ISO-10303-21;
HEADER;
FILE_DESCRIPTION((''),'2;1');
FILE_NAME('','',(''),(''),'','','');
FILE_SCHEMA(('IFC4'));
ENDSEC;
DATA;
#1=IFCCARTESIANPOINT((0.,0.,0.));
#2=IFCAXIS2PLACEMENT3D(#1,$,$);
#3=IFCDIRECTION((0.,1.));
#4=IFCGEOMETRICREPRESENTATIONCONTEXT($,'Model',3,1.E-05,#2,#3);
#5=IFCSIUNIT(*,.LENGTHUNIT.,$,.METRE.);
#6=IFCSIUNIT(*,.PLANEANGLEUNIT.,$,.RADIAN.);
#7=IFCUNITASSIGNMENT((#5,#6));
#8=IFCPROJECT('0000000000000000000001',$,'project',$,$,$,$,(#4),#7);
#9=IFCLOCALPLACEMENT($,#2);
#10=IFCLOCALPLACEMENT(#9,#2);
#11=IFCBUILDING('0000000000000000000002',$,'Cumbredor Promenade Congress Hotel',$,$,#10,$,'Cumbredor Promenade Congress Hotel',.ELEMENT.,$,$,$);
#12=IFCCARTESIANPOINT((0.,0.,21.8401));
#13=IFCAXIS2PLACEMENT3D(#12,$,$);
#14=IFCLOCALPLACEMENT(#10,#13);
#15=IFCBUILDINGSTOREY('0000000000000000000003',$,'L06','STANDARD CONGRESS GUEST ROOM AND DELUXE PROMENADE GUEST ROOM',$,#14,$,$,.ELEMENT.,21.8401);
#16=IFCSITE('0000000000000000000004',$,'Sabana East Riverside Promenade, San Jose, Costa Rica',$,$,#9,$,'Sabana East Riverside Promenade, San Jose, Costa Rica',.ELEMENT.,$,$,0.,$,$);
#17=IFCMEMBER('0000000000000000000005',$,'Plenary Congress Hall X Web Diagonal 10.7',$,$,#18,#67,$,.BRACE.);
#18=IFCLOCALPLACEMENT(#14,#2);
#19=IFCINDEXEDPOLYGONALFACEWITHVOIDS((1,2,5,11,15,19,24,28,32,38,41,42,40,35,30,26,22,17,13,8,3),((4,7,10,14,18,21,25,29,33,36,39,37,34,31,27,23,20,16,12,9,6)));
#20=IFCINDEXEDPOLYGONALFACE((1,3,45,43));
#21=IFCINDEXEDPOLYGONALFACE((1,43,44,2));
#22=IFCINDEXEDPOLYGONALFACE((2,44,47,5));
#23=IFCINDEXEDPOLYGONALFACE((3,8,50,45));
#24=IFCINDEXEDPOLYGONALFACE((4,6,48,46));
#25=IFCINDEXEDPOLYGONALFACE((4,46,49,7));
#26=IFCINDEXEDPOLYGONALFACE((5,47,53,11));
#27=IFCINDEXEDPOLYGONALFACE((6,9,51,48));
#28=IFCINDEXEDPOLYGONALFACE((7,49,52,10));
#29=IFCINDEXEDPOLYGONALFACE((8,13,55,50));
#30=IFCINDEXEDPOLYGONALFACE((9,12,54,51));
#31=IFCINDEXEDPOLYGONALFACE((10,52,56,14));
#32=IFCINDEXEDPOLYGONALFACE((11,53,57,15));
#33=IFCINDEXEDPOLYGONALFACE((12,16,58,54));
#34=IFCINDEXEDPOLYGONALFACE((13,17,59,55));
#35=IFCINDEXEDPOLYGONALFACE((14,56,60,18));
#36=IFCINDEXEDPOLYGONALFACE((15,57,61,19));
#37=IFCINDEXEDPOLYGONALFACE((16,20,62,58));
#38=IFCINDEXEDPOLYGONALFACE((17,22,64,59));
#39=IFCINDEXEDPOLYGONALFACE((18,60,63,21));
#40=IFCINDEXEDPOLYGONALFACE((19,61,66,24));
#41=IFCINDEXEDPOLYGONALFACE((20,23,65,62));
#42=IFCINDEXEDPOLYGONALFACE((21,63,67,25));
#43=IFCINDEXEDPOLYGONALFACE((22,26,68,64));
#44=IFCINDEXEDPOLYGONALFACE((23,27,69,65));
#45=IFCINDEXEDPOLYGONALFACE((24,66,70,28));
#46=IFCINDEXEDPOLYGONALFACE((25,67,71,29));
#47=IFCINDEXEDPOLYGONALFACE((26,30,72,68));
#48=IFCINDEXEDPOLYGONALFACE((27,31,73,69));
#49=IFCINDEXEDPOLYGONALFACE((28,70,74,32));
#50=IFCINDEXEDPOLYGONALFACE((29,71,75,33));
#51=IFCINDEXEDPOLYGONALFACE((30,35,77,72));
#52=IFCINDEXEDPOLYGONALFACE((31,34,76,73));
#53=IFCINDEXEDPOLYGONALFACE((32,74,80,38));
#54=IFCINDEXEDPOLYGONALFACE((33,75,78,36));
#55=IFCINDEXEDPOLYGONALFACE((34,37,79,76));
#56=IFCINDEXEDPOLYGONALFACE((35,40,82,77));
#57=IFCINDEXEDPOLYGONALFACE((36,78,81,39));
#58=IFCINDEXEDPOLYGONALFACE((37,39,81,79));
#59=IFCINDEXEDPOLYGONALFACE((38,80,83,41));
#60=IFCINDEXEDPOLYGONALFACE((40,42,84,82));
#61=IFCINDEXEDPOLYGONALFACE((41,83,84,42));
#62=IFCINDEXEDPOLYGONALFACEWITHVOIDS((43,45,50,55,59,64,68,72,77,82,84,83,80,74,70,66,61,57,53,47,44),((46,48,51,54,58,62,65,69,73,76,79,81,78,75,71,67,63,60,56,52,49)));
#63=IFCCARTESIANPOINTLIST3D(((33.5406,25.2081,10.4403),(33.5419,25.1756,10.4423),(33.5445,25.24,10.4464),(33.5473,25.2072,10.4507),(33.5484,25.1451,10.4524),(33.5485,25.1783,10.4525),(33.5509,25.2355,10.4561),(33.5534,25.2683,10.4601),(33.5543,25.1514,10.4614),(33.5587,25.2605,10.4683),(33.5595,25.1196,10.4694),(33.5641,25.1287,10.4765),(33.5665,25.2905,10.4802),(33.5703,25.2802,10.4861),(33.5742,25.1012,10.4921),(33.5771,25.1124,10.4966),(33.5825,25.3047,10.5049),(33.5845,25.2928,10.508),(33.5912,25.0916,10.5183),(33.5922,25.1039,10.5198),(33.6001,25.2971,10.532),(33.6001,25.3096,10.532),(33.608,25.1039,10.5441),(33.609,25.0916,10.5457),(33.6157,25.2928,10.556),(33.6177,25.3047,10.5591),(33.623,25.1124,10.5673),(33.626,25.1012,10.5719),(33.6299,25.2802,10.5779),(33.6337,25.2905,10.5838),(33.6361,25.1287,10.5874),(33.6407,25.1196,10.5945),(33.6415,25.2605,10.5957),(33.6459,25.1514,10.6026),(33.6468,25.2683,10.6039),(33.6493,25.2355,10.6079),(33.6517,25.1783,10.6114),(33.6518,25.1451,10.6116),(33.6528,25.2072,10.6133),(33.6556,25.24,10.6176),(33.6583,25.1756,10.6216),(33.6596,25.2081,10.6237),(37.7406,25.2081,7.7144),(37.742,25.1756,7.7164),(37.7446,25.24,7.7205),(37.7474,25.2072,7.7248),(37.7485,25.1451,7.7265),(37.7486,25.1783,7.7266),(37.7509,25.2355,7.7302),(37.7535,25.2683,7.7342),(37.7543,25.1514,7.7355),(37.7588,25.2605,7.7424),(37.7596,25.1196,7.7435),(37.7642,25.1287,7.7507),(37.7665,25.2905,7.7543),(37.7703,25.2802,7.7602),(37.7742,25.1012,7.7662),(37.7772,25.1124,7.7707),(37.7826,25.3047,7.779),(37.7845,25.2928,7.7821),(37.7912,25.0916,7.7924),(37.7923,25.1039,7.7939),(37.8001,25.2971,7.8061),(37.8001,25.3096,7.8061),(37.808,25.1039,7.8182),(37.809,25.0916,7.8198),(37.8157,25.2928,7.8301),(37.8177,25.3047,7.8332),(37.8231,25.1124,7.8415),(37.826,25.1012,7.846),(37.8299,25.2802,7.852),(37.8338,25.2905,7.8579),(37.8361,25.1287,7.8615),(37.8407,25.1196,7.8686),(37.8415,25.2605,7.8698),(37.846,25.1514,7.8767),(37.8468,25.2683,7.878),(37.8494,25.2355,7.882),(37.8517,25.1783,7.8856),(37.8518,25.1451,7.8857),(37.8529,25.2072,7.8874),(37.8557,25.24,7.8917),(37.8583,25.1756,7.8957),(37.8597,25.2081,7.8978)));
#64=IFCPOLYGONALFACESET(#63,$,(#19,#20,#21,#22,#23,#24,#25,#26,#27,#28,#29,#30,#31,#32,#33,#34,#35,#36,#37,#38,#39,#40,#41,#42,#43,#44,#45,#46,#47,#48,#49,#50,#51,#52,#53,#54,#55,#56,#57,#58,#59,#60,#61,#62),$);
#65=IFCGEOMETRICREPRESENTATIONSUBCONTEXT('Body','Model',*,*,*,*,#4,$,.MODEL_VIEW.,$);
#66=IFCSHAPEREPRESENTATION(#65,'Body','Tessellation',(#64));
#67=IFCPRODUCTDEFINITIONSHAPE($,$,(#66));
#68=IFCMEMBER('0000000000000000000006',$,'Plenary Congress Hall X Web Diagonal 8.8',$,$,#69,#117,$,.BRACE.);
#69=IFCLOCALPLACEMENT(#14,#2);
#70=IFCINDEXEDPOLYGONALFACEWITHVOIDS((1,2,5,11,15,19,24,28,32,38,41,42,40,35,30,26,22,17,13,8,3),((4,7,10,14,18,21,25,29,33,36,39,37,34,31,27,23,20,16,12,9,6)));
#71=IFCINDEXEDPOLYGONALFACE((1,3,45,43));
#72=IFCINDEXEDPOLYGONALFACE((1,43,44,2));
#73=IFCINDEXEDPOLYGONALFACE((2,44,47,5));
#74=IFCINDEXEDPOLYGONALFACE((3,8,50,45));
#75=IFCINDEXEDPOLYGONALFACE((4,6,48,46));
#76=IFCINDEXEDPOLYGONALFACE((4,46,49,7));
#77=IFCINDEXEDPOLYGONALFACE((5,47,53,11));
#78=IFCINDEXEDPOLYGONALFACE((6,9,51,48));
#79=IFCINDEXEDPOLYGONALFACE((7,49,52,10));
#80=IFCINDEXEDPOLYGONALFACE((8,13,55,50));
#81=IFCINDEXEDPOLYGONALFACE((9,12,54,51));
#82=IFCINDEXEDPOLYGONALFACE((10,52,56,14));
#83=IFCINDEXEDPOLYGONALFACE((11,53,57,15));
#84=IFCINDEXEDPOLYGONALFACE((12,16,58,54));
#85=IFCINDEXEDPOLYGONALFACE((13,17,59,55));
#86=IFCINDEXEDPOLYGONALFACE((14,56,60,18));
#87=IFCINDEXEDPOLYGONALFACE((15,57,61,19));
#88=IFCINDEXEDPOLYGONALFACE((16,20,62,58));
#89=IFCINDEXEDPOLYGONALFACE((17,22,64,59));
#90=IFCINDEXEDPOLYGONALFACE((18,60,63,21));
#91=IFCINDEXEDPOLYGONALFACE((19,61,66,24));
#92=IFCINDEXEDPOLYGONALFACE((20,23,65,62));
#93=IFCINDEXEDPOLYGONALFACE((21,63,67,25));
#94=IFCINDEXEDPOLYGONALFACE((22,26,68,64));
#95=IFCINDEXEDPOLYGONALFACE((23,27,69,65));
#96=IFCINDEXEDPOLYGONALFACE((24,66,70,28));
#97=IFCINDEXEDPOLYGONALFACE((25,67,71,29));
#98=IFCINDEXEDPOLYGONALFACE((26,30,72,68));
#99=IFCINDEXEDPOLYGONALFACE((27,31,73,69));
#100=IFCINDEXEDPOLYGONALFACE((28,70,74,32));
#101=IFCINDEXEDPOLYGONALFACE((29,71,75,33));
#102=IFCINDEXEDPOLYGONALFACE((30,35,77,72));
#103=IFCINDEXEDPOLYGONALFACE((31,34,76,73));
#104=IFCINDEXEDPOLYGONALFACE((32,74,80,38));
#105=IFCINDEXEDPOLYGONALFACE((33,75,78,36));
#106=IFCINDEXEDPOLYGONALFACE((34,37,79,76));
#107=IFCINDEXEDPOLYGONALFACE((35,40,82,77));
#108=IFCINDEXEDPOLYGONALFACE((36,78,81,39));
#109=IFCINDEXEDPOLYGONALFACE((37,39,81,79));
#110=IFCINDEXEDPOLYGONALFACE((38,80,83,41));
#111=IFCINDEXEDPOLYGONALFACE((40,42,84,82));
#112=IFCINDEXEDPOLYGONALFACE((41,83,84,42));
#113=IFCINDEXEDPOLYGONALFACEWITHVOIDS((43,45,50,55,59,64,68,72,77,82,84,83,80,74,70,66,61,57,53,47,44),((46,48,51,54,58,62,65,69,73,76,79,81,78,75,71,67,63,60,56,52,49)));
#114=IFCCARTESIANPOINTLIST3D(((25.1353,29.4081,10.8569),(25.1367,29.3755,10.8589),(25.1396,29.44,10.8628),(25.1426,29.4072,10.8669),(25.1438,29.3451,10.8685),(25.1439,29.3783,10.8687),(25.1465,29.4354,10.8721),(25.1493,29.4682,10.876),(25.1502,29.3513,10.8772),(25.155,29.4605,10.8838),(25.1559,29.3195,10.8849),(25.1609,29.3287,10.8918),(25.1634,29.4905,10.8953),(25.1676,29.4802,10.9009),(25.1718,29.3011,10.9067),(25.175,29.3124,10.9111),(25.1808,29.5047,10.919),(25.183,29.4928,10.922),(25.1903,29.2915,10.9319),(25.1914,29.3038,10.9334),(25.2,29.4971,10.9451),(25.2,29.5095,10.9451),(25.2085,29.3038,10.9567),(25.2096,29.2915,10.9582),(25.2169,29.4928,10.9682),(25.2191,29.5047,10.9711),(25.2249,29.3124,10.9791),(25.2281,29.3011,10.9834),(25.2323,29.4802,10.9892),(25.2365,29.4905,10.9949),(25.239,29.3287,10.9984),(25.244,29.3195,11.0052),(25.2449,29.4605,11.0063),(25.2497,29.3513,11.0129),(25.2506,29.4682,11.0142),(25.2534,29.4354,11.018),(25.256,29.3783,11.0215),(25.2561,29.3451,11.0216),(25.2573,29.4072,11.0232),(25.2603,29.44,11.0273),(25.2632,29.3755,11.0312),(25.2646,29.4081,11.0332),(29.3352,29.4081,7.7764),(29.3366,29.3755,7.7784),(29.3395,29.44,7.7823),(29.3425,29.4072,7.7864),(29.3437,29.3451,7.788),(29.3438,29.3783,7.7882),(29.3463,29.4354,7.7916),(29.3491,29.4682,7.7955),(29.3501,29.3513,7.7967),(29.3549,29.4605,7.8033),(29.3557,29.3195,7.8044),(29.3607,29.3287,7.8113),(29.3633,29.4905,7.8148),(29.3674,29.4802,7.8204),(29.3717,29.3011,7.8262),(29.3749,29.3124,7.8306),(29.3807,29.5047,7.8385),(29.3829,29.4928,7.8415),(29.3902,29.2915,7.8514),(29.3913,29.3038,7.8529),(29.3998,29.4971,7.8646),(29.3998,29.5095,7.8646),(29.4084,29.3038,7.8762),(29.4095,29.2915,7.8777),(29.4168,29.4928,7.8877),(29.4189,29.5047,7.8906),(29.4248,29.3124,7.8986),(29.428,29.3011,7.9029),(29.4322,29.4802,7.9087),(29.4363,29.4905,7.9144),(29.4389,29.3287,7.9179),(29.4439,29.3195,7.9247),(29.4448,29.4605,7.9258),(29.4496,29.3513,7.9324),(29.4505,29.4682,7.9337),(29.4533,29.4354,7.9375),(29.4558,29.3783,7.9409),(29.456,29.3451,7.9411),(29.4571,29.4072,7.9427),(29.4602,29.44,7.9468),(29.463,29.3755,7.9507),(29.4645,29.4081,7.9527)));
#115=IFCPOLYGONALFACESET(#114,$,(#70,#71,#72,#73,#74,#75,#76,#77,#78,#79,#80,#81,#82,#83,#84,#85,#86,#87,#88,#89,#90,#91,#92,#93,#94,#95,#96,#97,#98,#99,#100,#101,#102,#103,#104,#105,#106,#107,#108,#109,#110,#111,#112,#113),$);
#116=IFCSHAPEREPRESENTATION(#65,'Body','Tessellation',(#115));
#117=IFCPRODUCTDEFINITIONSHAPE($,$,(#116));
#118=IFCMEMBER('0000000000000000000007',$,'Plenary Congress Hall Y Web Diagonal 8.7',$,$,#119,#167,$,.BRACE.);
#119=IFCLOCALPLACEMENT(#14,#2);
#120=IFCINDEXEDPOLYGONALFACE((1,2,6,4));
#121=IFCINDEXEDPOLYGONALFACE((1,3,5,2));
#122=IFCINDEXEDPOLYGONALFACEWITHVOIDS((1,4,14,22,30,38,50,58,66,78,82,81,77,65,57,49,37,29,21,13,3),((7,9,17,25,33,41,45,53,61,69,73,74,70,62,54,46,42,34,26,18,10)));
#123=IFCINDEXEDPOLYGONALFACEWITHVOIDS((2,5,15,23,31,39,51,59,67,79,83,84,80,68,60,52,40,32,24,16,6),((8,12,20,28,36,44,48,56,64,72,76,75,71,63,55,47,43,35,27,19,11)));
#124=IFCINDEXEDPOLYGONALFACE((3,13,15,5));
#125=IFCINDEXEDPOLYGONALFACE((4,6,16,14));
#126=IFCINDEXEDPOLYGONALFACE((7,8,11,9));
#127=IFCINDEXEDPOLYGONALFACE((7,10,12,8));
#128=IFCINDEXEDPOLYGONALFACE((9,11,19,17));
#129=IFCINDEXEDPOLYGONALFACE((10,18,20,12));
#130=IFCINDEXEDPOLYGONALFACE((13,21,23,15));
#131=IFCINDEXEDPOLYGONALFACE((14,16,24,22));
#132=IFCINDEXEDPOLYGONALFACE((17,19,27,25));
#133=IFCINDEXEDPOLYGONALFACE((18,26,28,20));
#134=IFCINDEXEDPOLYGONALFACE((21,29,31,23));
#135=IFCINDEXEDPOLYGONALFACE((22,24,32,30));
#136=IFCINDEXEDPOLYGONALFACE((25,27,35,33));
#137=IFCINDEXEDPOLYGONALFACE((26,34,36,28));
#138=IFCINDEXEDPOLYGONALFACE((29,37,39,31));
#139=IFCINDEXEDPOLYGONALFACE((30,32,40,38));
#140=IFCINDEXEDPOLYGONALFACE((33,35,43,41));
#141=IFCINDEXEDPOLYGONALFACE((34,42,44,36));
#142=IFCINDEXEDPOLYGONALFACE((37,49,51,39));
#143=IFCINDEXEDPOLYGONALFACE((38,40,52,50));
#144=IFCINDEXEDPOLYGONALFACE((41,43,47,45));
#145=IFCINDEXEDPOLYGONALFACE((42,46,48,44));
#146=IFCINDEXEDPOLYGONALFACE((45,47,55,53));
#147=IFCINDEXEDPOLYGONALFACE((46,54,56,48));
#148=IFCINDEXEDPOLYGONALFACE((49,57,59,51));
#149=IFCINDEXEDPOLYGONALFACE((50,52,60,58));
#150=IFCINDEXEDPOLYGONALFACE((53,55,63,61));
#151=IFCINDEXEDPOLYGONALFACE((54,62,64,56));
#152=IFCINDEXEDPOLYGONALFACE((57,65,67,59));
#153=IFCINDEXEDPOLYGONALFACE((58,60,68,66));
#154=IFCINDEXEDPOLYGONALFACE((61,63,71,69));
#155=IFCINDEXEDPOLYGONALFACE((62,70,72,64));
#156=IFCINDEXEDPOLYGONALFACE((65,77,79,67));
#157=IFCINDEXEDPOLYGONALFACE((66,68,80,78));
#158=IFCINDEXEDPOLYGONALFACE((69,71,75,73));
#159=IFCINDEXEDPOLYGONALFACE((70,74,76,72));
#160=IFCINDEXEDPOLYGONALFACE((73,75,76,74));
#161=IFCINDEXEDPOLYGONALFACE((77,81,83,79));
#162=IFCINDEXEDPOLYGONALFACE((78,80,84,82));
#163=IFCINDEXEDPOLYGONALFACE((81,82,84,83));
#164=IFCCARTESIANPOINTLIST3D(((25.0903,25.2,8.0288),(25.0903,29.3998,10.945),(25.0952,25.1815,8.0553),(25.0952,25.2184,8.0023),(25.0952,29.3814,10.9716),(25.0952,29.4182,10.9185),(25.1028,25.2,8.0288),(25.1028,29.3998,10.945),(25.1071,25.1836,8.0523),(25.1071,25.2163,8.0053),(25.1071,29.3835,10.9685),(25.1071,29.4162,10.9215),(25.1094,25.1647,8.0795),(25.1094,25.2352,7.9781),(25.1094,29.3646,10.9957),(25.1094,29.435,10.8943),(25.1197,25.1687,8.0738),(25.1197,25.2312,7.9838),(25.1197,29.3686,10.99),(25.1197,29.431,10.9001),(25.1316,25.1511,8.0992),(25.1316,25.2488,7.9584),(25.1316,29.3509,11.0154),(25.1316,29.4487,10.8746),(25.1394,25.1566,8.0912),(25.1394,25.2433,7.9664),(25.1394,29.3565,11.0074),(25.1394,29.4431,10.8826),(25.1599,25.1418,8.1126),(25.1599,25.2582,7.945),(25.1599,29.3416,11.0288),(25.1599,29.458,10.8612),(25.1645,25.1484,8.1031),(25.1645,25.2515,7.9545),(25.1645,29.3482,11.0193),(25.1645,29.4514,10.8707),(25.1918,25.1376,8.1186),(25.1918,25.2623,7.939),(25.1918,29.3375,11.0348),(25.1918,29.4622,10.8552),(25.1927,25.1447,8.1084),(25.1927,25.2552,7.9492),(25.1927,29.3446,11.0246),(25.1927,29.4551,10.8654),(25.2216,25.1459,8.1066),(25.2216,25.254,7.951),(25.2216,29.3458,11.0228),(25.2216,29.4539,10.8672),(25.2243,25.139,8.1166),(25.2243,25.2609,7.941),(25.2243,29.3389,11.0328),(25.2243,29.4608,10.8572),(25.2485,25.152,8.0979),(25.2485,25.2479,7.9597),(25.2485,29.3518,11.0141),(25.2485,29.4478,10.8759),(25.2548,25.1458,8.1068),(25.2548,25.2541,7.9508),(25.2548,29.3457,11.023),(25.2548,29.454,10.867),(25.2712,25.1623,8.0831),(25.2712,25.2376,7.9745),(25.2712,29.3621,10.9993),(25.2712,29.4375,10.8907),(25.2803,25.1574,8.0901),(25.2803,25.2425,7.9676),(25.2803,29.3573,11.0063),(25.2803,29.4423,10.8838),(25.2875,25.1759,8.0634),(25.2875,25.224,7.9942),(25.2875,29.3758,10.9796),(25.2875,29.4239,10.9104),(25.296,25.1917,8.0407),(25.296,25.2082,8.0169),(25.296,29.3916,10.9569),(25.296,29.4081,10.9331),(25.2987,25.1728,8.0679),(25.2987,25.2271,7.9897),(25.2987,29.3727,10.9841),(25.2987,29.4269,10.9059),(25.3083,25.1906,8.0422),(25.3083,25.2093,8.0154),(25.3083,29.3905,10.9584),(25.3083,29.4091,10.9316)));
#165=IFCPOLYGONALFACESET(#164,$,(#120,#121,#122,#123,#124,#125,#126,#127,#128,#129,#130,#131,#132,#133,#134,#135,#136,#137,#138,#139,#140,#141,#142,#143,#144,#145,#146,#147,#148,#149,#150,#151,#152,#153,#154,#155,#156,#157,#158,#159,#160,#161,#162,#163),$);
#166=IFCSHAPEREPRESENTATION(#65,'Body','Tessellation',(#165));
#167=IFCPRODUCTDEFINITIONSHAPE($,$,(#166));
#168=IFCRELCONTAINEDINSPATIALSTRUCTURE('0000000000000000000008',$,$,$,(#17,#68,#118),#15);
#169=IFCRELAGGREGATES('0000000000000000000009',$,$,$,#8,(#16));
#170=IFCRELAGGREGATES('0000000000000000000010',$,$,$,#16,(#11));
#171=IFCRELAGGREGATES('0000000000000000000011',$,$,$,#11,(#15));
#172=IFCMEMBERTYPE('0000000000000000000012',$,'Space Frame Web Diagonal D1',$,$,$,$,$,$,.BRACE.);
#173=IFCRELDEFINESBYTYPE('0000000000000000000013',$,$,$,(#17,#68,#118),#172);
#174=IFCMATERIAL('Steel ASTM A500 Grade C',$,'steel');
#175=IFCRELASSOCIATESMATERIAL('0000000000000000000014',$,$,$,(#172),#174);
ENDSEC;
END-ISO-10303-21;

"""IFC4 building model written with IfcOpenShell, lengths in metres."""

from ifc_helpers import new_model, si_unit, direction, frame, origin, origin_2d, place, context, subcontext, project, spatial, hollow_circle, extrude, material, material_profile, profile_set, type_object, element, save


model = new_model("IFC4")

# Units and contexts
model_context = context("Model", 3, precision=1e-05, world=origin(), true_north=direction((0.0, 1.0)))
body_context = subcontext(model_context, "Body", "Model", "MODEL_VIEW")
ifc_project = project(units=[si_unit("LENGTHUNIT", "METRE"), si_unit("PLANEANGLEUNIT", "RADIAN")], contexts=[model_context])

# Site, building, storey
site_placement = place(None, origin())
site = spatial("IfcSite", under=ifc_project, at=site_placement, Name="Sabana East Riverside Promenade, San Jose, Costa Rica", LongName="Sabana East Riverside Promenade, San Jose, Costa Rica", CompositionType="ELEMENT", RefElevation=0.0)
building_placement = place(site_placement, origin())
building = spatial("IfcBuilding", under=site, at=building_placement, Name="Cumbredor Promenade Congress Hotel", LongName="Cumbredor Promenade Congress Hotel", CompositionType="ELEMENT")
storey_placement = place(building_placement, frame((0.0, 0.0, 21.8401)))
storey = spatial("IfcBuildingStorey", under=building, at=storey_placement, Name="L06", Description="STANDARD CONGRESS GUEST ROOM AND DELUXE PROMENADE GUEST ROOM", CompositionType="ELEMENT", Elevation=21.8401)

# Members
ifc_material_1 = material(Name="Steel ASTM A500 Grade C", Category="steel")
ifc_material_profile_1 = material_profile(ifc_material_1, hollow_circle(Radius=0.1096, WallThickness=0.0125, at=origin_2d()), Name="CHS 219.1x12.5")
ifc_profile_set_1 = profile_set([ifc_material_profile_1], Name="Steel ASTM A500 Grade C")
member_type_1 = type_object("IfcMemberType", Name="Space Frame Web Diagonal D1", PredefinedType="BRACE", material=ifc_profile_set_1)
for number, where, z_axis, x_axis, name in (
    (1, (33.6001, 25.2, 10.532), (0.838821, 0.0, -0.544407), (0.0, 1.0, 0.0), "Plenary Congress Hall X Web Diagonal 10.7"),
):
    element("IfcMember", number, at=place(storey_placement, frame(where, z_axis=z_axis, x_axis=x_axis)), inside=storey, type_object=member_type_1, Name=name, PredefinedType="BRACE", context=body_context, shape_type="SweptSolid", body=[
        extrude(hollow_circle(Radius=0.1096, WallThickness=0.0125, at=origin_2d()), origin(), (0.0, 0.0, 1.0), 5.0071),
    ])
member_1_placement = place(storey_placement, frame((25.2, 29.3999, 10.9451), z_axis=(0.80635, 0.0, -0.591439), x_axis=(0.0, 1.0, 0.0)))
element("IfcMember", 2, at=member_1_placement, inside=storey, type_object=member_type_1, Name="Plenary Congress Hall X Web Diagonal 8.8", PredefinedType="BRACE", context=body_context, shape_type="SweptSolid", body=[
    extrude(hollow_circle(Radius=0.1096, WallThickness=0.0125, at=origin_2d()), origin(), (0.0, 0.0, 1.0), 5.2085),
])
member_2_placement = place(storey_placement, frame((25.2, 25.2, 8.0288), z_axis=(0.0, 0.821404, 0.570347), x_axis=(-1.0, 0.0, 0.0)))
element("IfcMember", 3, at=member_2_placement, inside=storey, type_object=member_type_1, Name="Plenary Congress Hall Y Web Diagonal 8.7", PredefinedType="BRACE", context=body_context, shape_type="SweptSolid", body=[
    extrude(hollow_circle(Radius=0.1096, WallThickness=0.0125, at=origin_2d()), origin(), (0.0, 0.0, 1.0), 5.113),
])

save(model, "model.ifc")
